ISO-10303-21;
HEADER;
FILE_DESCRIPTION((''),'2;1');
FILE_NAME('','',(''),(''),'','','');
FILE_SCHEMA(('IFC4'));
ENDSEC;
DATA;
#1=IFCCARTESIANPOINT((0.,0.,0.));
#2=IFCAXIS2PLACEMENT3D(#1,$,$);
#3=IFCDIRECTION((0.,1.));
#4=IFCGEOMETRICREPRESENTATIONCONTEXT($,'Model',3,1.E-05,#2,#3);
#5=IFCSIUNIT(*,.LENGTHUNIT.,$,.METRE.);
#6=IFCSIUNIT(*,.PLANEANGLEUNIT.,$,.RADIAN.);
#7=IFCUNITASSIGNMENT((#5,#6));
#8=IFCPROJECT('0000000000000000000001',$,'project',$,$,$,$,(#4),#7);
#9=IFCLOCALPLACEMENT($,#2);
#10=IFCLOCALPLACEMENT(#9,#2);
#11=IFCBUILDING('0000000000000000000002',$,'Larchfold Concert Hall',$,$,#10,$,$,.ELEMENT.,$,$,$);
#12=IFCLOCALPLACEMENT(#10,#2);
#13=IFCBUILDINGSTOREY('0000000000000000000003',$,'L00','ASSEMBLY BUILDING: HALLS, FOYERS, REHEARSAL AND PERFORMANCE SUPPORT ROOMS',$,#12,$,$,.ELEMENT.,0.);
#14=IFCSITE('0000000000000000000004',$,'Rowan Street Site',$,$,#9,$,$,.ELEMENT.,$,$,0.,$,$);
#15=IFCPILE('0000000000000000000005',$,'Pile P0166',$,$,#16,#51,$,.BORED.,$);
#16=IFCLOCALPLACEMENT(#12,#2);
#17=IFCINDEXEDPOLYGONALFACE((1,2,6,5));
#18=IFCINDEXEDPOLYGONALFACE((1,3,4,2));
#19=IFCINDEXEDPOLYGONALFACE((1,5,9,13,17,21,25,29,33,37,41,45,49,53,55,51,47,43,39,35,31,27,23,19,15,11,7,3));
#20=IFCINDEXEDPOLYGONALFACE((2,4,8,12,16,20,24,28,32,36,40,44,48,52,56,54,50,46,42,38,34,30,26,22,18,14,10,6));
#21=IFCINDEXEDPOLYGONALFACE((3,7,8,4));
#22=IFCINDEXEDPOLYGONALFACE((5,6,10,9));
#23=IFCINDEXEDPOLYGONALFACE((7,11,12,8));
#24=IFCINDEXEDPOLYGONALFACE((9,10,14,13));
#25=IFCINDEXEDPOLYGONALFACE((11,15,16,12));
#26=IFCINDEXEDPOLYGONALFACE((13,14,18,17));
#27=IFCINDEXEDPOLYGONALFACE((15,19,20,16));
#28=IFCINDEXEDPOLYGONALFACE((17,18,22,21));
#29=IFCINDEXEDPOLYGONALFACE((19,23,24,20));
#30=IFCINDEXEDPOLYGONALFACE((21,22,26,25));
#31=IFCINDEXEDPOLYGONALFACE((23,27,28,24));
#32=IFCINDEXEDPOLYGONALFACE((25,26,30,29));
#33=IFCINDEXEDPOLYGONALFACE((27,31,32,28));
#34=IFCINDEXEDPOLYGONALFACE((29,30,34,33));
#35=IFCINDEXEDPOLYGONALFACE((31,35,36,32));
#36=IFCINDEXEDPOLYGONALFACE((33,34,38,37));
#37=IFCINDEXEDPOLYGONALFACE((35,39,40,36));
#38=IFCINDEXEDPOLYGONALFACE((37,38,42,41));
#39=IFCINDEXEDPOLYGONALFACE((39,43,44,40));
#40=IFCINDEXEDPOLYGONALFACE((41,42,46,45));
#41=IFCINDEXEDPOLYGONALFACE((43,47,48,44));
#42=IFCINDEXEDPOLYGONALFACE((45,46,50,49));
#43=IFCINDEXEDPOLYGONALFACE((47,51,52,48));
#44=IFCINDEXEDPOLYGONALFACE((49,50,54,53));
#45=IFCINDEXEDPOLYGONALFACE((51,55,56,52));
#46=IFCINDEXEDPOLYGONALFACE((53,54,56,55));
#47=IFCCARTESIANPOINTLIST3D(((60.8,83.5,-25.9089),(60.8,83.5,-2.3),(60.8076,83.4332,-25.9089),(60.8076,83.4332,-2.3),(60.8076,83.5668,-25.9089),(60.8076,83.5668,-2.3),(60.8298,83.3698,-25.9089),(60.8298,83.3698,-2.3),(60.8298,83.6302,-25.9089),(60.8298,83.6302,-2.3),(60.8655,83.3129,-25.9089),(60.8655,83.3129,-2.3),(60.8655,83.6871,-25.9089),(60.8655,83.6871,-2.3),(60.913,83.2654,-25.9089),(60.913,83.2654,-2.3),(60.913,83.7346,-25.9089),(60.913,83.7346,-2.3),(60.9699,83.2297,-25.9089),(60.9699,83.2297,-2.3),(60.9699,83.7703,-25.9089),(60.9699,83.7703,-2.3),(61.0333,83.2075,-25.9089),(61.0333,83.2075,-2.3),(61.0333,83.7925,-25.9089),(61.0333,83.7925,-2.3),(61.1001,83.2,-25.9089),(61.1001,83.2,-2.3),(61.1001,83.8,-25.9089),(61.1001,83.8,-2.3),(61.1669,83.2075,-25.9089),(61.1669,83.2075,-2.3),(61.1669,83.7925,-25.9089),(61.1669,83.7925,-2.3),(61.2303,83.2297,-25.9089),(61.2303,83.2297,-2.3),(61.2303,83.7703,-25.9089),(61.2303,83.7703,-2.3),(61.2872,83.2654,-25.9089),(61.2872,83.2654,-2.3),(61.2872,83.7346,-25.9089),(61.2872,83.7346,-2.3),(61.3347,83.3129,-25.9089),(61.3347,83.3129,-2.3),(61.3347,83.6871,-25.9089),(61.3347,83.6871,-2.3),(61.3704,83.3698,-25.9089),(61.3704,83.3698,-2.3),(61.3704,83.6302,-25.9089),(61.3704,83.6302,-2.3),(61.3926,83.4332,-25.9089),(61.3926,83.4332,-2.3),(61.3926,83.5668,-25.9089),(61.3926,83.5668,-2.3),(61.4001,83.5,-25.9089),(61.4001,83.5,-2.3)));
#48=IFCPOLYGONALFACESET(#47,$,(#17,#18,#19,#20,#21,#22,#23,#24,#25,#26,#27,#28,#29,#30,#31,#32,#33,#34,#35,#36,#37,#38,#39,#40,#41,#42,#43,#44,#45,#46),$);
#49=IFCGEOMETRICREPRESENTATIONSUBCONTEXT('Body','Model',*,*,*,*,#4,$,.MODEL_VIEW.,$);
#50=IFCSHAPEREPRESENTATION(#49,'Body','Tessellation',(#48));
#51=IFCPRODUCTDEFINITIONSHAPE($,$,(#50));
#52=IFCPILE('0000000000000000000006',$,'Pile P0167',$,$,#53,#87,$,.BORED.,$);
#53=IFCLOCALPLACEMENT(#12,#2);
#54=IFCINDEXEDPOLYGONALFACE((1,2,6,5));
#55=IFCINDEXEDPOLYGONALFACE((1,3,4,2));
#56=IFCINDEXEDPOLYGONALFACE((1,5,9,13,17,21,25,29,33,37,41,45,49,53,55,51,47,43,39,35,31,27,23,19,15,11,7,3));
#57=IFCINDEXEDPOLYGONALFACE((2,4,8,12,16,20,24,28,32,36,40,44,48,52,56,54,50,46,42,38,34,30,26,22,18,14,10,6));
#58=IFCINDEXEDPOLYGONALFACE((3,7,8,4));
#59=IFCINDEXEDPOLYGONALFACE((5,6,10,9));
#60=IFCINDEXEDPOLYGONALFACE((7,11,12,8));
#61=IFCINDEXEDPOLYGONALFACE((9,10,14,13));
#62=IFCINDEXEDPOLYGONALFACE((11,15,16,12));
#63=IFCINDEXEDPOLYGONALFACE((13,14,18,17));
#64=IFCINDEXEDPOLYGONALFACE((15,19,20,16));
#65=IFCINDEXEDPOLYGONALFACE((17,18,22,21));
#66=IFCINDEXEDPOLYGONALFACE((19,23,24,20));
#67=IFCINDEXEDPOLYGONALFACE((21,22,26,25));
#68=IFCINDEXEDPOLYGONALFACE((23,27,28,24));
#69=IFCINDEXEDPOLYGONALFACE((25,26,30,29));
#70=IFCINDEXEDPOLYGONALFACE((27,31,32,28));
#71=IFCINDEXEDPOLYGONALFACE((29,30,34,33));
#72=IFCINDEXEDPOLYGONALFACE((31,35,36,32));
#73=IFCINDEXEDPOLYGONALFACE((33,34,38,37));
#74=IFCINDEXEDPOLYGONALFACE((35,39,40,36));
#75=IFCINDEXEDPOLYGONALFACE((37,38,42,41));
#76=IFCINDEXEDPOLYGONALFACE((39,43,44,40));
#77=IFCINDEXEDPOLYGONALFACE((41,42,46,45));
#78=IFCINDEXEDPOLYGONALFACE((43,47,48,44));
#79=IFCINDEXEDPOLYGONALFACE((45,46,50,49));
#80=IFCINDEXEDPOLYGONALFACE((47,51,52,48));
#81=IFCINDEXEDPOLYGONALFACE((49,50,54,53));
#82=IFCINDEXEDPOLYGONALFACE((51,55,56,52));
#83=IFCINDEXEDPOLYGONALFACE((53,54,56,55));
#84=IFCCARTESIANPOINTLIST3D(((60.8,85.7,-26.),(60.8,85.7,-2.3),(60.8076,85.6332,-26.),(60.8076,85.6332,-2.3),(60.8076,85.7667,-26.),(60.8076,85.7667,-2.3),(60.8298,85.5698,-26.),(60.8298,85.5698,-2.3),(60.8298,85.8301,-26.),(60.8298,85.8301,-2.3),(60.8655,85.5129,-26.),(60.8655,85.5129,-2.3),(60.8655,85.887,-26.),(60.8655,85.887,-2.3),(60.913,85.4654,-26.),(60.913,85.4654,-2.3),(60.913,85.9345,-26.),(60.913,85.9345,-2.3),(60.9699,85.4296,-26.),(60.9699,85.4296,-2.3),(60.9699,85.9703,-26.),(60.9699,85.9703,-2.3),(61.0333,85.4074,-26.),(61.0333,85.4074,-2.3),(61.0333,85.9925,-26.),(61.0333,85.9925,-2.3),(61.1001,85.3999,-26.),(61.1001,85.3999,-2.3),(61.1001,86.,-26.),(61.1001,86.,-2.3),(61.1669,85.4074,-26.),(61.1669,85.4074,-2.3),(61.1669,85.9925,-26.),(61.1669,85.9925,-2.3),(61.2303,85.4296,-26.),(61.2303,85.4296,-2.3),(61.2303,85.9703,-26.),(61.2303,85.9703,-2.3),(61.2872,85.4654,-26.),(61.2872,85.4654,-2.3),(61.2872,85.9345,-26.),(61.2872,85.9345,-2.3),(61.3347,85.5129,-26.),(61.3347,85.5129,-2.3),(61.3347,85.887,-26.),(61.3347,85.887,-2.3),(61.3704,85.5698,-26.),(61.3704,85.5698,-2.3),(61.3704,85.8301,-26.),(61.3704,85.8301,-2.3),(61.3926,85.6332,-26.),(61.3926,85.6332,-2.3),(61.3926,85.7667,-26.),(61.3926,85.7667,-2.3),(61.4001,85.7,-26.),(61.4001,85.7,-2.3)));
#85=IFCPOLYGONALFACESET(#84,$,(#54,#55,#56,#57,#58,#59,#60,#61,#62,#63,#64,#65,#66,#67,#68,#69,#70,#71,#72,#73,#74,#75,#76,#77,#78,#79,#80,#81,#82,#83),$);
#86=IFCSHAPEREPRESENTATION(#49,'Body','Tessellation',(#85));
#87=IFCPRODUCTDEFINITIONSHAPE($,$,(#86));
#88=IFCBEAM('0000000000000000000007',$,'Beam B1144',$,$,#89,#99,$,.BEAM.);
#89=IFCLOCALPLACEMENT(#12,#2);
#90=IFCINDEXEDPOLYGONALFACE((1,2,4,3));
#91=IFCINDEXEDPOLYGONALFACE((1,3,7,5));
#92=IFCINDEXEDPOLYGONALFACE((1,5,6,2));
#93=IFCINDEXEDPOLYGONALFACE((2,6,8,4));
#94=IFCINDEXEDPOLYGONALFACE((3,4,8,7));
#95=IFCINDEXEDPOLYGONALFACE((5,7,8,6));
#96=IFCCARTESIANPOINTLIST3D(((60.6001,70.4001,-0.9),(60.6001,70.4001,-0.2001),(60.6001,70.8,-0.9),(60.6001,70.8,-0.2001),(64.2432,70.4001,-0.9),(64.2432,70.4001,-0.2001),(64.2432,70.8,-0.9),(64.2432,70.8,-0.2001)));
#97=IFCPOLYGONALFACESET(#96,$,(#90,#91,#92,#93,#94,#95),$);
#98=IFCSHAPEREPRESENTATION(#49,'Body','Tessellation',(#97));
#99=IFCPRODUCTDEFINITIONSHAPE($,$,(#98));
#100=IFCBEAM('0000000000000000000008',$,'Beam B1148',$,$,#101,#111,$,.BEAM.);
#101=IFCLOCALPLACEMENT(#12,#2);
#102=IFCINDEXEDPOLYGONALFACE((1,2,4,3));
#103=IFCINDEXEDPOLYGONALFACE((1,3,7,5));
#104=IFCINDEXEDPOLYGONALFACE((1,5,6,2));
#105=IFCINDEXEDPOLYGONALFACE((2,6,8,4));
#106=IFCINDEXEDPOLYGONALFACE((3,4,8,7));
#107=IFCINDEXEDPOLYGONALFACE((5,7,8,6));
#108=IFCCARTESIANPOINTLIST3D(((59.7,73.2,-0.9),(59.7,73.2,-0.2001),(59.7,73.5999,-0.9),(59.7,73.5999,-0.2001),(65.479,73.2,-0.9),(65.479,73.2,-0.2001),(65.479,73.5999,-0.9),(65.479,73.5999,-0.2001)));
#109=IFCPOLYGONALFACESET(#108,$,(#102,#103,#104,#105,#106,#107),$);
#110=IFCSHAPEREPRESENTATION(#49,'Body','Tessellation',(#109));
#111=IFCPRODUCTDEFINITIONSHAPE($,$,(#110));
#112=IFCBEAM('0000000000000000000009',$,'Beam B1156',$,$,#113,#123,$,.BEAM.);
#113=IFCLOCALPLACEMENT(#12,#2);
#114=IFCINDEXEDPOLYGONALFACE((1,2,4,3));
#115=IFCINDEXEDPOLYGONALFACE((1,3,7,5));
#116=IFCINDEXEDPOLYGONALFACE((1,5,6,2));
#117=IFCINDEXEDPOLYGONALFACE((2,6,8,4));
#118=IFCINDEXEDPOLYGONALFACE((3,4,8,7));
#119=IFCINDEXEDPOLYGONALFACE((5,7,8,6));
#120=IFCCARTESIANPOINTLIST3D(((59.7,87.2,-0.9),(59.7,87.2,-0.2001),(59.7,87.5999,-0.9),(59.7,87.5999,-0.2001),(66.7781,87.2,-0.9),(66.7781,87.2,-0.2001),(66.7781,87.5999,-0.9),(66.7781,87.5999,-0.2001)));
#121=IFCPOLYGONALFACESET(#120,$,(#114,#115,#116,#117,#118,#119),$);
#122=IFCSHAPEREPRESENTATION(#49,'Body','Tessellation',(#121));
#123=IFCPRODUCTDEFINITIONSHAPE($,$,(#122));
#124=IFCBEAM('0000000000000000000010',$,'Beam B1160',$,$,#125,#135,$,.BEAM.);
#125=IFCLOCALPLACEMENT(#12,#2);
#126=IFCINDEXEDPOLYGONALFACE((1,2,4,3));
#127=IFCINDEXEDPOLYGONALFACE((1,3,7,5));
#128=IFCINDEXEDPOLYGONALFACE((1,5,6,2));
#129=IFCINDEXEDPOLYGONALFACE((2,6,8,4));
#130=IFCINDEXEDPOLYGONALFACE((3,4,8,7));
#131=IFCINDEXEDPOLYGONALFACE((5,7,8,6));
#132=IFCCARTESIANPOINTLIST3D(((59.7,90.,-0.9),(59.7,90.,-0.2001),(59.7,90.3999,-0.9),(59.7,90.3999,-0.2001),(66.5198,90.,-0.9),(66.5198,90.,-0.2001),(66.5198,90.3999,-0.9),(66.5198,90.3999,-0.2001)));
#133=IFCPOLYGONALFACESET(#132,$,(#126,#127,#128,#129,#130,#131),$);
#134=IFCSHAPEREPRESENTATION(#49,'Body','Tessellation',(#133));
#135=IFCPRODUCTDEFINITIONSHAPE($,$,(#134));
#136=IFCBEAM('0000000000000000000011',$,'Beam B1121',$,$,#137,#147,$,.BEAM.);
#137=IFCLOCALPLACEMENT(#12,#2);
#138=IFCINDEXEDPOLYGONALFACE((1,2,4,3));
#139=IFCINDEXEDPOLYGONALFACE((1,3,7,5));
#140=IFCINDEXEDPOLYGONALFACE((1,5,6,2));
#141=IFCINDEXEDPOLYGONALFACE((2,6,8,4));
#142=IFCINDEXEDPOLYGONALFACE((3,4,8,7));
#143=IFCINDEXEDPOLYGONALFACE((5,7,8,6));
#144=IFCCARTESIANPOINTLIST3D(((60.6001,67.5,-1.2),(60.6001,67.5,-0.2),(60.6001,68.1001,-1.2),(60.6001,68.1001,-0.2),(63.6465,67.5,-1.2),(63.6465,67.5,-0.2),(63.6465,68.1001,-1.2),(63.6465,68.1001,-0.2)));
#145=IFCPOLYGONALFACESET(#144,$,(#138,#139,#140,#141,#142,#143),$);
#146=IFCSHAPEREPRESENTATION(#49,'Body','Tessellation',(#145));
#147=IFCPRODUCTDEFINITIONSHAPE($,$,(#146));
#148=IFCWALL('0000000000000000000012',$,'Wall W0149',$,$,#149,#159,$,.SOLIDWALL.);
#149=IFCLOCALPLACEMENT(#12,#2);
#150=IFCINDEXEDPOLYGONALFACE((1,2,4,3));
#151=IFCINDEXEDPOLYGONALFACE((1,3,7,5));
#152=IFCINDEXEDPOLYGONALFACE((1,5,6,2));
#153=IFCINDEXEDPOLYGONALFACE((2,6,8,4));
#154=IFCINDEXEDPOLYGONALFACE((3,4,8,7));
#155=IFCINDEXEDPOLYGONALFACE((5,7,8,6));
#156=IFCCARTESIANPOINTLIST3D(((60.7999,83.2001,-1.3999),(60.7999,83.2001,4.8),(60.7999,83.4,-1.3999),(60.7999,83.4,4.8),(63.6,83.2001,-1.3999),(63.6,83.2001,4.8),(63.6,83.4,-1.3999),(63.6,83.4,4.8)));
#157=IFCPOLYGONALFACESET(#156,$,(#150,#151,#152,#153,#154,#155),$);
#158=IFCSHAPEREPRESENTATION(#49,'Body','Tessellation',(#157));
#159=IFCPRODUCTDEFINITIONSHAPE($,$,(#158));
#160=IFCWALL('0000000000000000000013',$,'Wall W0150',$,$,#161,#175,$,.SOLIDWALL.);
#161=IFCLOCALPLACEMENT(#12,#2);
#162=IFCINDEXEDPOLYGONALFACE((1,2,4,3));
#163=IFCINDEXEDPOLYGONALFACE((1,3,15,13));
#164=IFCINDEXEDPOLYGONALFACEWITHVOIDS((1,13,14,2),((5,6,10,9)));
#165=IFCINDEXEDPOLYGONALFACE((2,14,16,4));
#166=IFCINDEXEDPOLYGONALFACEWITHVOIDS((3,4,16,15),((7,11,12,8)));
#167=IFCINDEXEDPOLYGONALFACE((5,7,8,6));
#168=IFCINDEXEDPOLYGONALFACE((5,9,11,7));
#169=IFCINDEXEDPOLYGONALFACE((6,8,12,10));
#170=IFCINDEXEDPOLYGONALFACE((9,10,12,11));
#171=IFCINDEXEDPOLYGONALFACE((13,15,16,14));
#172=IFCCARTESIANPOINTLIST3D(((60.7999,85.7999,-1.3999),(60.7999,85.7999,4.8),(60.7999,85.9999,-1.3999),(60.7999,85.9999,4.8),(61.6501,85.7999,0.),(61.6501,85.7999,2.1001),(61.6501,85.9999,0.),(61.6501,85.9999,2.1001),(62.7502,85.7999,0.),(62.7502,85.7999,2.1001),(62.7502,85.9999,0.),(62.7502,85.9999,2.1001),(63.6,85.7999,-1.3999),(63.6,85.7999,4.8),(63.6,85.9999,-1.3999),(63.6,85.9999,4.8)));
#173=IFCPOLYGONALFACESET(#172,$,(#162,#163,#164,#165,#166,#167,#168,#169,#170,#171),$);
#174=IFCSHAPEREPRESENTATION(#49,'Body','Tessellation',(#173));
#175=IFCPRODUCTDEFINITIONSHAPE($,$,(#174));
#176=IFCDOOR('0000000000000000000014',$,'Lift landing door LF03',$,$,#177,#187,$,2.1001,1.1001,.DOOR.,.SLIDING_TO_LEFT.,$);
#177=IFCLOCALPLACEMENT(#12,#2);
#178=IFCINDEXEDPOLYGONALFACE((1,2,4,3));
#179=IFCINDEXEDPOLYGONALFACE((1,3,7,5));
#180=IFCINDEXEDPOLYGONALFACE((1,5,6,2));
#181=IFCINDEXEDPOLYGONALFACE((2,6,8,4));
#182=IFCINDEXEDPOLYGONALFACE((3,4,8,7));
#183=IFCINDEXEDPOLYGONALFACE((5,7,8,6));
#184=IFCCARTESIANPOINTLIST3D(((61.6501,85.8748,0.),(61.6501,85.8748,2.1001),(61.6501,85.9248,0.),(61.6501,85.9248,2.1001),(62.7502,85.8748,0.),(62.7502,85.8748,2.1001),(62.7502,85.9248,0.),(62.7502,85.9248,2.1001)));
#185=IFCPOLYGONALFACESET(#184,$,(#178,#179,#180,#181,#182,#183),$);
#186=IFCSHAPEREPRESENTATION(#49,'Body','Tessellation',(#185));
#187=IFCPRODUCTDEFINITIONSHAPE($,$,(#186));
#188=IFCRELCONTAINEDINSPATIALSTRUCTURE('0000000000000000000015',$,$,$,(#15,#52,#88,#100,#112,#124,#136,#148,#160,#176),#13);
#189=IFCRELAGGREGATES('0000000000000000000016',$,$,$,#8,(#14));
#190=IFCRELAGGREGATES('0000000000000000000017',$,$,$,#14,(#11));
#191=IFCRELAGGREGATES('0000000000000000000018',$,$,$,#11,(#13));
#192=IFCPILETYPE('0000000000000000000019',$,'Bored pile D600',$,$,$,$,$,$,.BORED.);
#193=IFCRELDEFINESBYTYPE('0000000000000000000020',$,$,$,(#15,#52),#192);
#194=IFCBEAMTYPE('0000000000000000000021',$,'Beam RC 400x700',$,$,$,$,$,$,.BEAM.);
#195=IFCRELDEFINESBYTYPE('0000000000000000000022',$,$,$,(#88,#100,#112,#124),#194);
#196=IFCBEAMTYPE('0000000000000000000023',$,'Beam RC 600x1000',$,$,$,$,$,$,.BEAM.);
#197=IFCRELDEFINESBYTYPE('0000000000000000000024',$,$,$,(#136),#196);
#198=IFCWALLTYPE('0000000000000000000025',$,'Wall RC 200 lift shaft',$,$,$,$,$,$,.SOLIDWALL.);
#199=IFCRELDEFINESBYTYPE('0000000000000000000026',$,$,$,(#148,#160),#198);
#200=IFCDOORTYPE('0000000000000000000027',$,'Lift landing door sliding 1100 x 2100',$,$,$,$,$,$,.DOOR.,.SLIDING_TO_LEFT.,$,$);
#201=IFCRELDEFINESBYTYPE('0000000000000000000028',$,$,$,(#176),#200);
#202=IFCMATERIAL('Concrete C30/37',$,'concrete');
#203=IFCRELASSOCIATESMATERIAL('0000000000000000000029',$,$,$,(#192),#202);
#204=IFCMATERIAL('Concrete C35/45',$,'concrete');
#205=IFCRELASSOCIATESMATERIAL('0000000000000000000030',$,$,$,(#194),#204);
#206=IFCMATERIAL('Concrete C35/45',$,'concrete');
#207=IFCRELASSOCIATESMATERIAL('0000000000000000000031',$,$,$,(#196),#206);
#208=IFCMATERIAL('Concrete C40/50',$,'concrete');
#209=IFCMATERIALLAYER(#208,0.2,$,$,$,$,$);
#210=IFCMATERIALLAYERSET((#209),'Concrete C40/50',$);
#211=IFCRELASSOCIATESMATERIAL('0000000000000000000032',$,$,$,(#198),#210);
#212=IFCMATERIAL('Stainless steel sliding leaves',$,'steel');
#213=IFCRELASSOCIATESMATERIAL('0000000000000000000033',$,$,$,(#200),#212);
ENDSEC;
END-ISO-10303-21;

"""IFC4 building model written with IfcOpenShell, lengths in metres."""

from ifc_helpers import new_model, si_unit, direction, frame, frame_2d, origin, origin_2d, place, context, subcontext, project, spatial, rectangle, circle, extrude, material, layer, layer_set, material_profile, profile_set, type_object, element, fill, save


model = new_model("IFC4")

# Units and contexts
model_context = context("Model", 3, precision=1e-05, world=origin(), true_north=direction((0.0, 1.0)))
body_context = subcontext(model_context, "Body", "Model", "MODEL_VIEW")
ifc_project = project(units=[si_unit("LENGTHUNIT", "METRE"), si_unit("PLANEANGLEUNIT", "RADIAN")], contexts=[model_context])

# Site, building, storey
site_placement = place(None, origin())
site = spatial("IfcSite", under=ifc_project, at=site_placement, Name="Rowan Street Site", CompositionType="ELEMENT", RefElevation=0.0)
building_placement = place(site_placement, origin())
building = spatial("IfcBuilding", under=site, at=building_placement, Name="Larchfold Concert Hall", CompositionType="ELEMENT")
storey_placement = place(building_placement, origin())
storey = spatial("IfcBuildingStorey", under=building, at=storey_placement, Name="L00", Description="ASSEMBLY BUILDING: HALLS, FOYERS, REHEARSAL AND PERFORMANCE SUPPORT ROOMS", CompositionType="ELEMENT", Elevation=0.0)

# Piles
ifc_material_1 = material(Name="Concrete C30/37", Category="concrete")
ifc_material_profile_1 = material_profile(ifc_material_1, circle(Radius=0.3, at=origin_2d()))
ifc_profile_set_1 = profile_set([ifc_material_profile_1], Name="Concrete C30/37")
pile_type = type_object("IfcPileType", Name="Bored pile D600", PredefinedType="BORED", material=ifc_profile_set_1)
pile_1_placement = place(storey_placement, frame((61.1001, 83.5, -2.3), z_axis=(0.0, 0.0, -1.0), x_axis=(1.0, 0.0, 0.0)))
element("IfcPile", 1, at=pile_1_placement, inside=storey, type_object=pile_type, Name="Pile P0166", PredefinedType="BORED", context=body_context, shape_type="SweptSolid", body=[
    extrude(circle(Radius=0.3, at=origin_2d()), origin(), (0.0, 0.0, 1.0), 23.6089),
])
pile_2_placement = place(storey_placement, frame((61.1001, 85.7, -2.3), z_axis=(0.0, 0.0, -1.0), x_axis=(1.0, 0.0, 0.0)))
element("IfcPile", 2, at=pile_2_placement, inside=storey, type_object=pile_type, Name="Pile P0167", PredefinedType="BORED", context=body_context, shape_type="SweptSolid", body=[
    extrude(circle(Radius=0.3, at=origin_2d()), origin(), (0.0, 0.0, 1.0), 23.7),
])

# Beams
ifc_material_2 = material(Name="Concrete C35/45", Category="concrete")
ifc_material_profile_2 = material_profile(ifc_material_2, rectangle(XDim=0.3999, YDim=0.7, at=origin_2d()))
ifc_profile_set_2 = profile_set([ifc_material_profile_2], Name="Concrete C35/45")
beam_type_1 = type_object("IfcBeamType", Name="Beam RC 400x700", PredefinedType="BEAM", material=ifc_profile_set_2)
beam_1_placement = place(storey_placement, frame((60.6001, 70.6001, -0.55), z_axis=(1.0, 0.0, 0.0), x_axis=(0.0, 1.0, 0.0)))
element("IfcBeam", 3, at=beam_1_placement, inside=storey, type_object=beam_type_1, Name="Beam B1144", PredefinedType="BEAM", context=body_context, shape_type="SweptSolid", body=[
    extrude(rectangle(XDim=0.3999, YDim=0.7, at=origin_2d()), origin(), (0.0, 0.0, 1.0), 3.6431),
])
beam_2_placement = place(storey_placement, frame((59.7, 73.3999, -0.55), z_axis=(1.0, 0.0, 0.0), x_axis=(0.0, 1.0, 0.0)))
element("IfcBeam", 4, at=beam_2_placement, inside=storey, type_object=beam_type_1, Name="Beam B1148", PredefinedType="BEAM", context=body_context, shape_type="SweptSolid", body=[
    extrude(rectangle(XDim=0.3999, YDim=0.7, at=origin_2d()), origin(), (0.0, 0.0, 1.0), 5.7791),
])
beam_3_placement = place(storey_placement, frame((59.7, 87.3999, -0.55), z_axis=(1.0, 0.0, 0.0), x_axis=(0.0, 1.0, 0.0)))
element("IfcBeam", 5, at=beam_3_placement, inside=storey, type_object=beam_type_1, Name="Beam B1156", PredefinedType="BEAM", context=body_context, shape_type="SweptSolid", body=[
    extrude(rectangle(XDim=0.3999, YDim=0.7, at=origin_2d()), origin(), (0.0, 0.0, 1.0), 7.0781),
])
beam_4_placement = place(storey_placement, frame((59.7, 90.2, -0.55), z_axis=(1.0, 0.0, 0.0), x_axis=(0.0, 1.0, 0.0)))
element("IfcBeam", 6, at=beam_4_placement, inside=storey, type_object=beam_type_1, Name="Beam B1160", PredefinedType="BEAM", context=body_context, shape_type="SweptSolid", body=[
    extrude(rectangle(XDim=0.3999, YDim=0.7, at=origin_2d()), origin(), (0.0, 0.0, 1.0), 6.8198),
])
ifc_material_3 = material(Name="Concrete C35/45", Category="concrete")
ifc_material_profile_3 = material_profile(ifc_material_3, rectangle(XDim=0.6001, YDim=1.0, at=origin_2d()))
ifc_profile_set_3 = profile_set([ifc_material_profile_3], Name="Concrete C35/45")
beam_type_2 = type_object("IfcBeamType", Name="Beam RC 600x1000", PredefinedType="BEAM", material=ifc_profile_set_3)
beam_5_placement = place(storey_placement, frame((60.6001, 67.8, -0.7), z_axis=(1.0, 0.0, 0.0), x_axis=(0.0, 1.0, 0.0)))
element("IfcBeam", 7, at=beam_5_placement, inside=storey, type_object=beam_type_2, Name="Beam B1121", PredefinedType="BEAM", context=body_context, shape_type="SweptSolid", body=[
    extrude(rectangle(XDim=0.6001, YDim=1.0, at=origin_2d()), origin(), (0.0, 0.0, 1.0), 3.0464),
])

# Wall
ifc_material_4 = material(Name="Concrete C40/50", Category="concrete")
ifc_layer_1 = layer(ifc_material_4, 0.2)
ifc_layer_set_1 = layer_set([ifc_layer_1], Name="Concrete C40/50")
wall_type_1 = type_object("IfcWallType", Name="Wall RC 200 lift shaft", PredefinedType="SOLIDWALL", material=ifc_layer_set_1)
wall_1_placement = place(storey_placement, frame((60.8, 83.3, -1.3999), z_axis=(0.0, 0.0, 1.0), x_axis=(1.0, 0.0, 0.0)))
element("IfcWall", 8, at=wall_1_placement, inside=storey, type_object=wall_type_1, Name="Wall W0149", PredefinedType="SOLIDWALL", context=body_context, shape_type="SweptSolid", body=[
    extrude(rectangle(XDim=2.8, YDim=0.2, at=frame_2d((1.3999, 0.0))), origin(), (0.0, 0.0, 1.0), 6.2),
])

# Wall, opening, door
wall_2_placement = place(storey_placement, frame((60.8, 85.8999, -1.3999), z_axis=(0.0, 0.0, 1.0), x_axis=(1.0, 0.0, 0.0)))
wall_2 = element("IfcWall", 9, at=wall_2_placement, inside=storey, type_object=wall_type_1, Name="Wall W0150", PredefinedType="SOLIDWALL", context=body_context, shape_type="SweptSolid", body=[
    extrude(rectangle(XDim=2.8, YDim=0.2, at=frame_2d((1.3999, 0.0))), origin(), (0.0, 0.0, 1.0), 6.2),
])
opening_placement = place(wall_2_placement, frame((0.8501, 0.0, 1.3999)))
opening = element("IfcOpeningElement", 10, at=opening_placement, cuts=wall_2, PredefinedType="OPENING", context=body_context, shape_type="SweptSolid", body=[
    extrude(rectangle(XDim=1.1001, YDim=2.1001, at=frame_2d((0.55, 1.05))), frame((0.0, 0.1099, 0.0), z_axis=(0.0, -1.0, 0.0), x_axis=(1.0, 0.0, 0.0)), (0.0, 0.0, 1.0), 0.22),
])
ifc_material_5 = material(Name="Stainless steel sliding leaves", Category="steel")
door_type = type_object("IfcDoorType", Name="Lift landing door sliding 1100 x 2100", OperationType="SLIDING_TO_LEFT", PredefinedType="DOOR", material=ifc_material_5)
door_placement = place(opening_placement, origin())
door = element("IfcDoor", 11, at=door_placement, inside=storey, type_object=door_type, Name="Lift landing door LF03", OperationType="SLIDING_TO_LEFT", OverallHeight=2.1001, OverallWidth=1.1001, PredefinedType="DOOR", context=body_context, shape_type="SweptSolid", body=[
    extrude(rectangle(XDim=1.1001, YDim=2.1001, at=frame_2d((0.55, 1.05))), frame((0.0, 0.0249, 0.0), z_axis=(0.0, -1.0, 0.0), x_axis=(1.0, 0.0, 0.0)), (0.0, 0.0, 1.0), 0.05),
])
fill(opening, door)

save(model, "model.ifc")
